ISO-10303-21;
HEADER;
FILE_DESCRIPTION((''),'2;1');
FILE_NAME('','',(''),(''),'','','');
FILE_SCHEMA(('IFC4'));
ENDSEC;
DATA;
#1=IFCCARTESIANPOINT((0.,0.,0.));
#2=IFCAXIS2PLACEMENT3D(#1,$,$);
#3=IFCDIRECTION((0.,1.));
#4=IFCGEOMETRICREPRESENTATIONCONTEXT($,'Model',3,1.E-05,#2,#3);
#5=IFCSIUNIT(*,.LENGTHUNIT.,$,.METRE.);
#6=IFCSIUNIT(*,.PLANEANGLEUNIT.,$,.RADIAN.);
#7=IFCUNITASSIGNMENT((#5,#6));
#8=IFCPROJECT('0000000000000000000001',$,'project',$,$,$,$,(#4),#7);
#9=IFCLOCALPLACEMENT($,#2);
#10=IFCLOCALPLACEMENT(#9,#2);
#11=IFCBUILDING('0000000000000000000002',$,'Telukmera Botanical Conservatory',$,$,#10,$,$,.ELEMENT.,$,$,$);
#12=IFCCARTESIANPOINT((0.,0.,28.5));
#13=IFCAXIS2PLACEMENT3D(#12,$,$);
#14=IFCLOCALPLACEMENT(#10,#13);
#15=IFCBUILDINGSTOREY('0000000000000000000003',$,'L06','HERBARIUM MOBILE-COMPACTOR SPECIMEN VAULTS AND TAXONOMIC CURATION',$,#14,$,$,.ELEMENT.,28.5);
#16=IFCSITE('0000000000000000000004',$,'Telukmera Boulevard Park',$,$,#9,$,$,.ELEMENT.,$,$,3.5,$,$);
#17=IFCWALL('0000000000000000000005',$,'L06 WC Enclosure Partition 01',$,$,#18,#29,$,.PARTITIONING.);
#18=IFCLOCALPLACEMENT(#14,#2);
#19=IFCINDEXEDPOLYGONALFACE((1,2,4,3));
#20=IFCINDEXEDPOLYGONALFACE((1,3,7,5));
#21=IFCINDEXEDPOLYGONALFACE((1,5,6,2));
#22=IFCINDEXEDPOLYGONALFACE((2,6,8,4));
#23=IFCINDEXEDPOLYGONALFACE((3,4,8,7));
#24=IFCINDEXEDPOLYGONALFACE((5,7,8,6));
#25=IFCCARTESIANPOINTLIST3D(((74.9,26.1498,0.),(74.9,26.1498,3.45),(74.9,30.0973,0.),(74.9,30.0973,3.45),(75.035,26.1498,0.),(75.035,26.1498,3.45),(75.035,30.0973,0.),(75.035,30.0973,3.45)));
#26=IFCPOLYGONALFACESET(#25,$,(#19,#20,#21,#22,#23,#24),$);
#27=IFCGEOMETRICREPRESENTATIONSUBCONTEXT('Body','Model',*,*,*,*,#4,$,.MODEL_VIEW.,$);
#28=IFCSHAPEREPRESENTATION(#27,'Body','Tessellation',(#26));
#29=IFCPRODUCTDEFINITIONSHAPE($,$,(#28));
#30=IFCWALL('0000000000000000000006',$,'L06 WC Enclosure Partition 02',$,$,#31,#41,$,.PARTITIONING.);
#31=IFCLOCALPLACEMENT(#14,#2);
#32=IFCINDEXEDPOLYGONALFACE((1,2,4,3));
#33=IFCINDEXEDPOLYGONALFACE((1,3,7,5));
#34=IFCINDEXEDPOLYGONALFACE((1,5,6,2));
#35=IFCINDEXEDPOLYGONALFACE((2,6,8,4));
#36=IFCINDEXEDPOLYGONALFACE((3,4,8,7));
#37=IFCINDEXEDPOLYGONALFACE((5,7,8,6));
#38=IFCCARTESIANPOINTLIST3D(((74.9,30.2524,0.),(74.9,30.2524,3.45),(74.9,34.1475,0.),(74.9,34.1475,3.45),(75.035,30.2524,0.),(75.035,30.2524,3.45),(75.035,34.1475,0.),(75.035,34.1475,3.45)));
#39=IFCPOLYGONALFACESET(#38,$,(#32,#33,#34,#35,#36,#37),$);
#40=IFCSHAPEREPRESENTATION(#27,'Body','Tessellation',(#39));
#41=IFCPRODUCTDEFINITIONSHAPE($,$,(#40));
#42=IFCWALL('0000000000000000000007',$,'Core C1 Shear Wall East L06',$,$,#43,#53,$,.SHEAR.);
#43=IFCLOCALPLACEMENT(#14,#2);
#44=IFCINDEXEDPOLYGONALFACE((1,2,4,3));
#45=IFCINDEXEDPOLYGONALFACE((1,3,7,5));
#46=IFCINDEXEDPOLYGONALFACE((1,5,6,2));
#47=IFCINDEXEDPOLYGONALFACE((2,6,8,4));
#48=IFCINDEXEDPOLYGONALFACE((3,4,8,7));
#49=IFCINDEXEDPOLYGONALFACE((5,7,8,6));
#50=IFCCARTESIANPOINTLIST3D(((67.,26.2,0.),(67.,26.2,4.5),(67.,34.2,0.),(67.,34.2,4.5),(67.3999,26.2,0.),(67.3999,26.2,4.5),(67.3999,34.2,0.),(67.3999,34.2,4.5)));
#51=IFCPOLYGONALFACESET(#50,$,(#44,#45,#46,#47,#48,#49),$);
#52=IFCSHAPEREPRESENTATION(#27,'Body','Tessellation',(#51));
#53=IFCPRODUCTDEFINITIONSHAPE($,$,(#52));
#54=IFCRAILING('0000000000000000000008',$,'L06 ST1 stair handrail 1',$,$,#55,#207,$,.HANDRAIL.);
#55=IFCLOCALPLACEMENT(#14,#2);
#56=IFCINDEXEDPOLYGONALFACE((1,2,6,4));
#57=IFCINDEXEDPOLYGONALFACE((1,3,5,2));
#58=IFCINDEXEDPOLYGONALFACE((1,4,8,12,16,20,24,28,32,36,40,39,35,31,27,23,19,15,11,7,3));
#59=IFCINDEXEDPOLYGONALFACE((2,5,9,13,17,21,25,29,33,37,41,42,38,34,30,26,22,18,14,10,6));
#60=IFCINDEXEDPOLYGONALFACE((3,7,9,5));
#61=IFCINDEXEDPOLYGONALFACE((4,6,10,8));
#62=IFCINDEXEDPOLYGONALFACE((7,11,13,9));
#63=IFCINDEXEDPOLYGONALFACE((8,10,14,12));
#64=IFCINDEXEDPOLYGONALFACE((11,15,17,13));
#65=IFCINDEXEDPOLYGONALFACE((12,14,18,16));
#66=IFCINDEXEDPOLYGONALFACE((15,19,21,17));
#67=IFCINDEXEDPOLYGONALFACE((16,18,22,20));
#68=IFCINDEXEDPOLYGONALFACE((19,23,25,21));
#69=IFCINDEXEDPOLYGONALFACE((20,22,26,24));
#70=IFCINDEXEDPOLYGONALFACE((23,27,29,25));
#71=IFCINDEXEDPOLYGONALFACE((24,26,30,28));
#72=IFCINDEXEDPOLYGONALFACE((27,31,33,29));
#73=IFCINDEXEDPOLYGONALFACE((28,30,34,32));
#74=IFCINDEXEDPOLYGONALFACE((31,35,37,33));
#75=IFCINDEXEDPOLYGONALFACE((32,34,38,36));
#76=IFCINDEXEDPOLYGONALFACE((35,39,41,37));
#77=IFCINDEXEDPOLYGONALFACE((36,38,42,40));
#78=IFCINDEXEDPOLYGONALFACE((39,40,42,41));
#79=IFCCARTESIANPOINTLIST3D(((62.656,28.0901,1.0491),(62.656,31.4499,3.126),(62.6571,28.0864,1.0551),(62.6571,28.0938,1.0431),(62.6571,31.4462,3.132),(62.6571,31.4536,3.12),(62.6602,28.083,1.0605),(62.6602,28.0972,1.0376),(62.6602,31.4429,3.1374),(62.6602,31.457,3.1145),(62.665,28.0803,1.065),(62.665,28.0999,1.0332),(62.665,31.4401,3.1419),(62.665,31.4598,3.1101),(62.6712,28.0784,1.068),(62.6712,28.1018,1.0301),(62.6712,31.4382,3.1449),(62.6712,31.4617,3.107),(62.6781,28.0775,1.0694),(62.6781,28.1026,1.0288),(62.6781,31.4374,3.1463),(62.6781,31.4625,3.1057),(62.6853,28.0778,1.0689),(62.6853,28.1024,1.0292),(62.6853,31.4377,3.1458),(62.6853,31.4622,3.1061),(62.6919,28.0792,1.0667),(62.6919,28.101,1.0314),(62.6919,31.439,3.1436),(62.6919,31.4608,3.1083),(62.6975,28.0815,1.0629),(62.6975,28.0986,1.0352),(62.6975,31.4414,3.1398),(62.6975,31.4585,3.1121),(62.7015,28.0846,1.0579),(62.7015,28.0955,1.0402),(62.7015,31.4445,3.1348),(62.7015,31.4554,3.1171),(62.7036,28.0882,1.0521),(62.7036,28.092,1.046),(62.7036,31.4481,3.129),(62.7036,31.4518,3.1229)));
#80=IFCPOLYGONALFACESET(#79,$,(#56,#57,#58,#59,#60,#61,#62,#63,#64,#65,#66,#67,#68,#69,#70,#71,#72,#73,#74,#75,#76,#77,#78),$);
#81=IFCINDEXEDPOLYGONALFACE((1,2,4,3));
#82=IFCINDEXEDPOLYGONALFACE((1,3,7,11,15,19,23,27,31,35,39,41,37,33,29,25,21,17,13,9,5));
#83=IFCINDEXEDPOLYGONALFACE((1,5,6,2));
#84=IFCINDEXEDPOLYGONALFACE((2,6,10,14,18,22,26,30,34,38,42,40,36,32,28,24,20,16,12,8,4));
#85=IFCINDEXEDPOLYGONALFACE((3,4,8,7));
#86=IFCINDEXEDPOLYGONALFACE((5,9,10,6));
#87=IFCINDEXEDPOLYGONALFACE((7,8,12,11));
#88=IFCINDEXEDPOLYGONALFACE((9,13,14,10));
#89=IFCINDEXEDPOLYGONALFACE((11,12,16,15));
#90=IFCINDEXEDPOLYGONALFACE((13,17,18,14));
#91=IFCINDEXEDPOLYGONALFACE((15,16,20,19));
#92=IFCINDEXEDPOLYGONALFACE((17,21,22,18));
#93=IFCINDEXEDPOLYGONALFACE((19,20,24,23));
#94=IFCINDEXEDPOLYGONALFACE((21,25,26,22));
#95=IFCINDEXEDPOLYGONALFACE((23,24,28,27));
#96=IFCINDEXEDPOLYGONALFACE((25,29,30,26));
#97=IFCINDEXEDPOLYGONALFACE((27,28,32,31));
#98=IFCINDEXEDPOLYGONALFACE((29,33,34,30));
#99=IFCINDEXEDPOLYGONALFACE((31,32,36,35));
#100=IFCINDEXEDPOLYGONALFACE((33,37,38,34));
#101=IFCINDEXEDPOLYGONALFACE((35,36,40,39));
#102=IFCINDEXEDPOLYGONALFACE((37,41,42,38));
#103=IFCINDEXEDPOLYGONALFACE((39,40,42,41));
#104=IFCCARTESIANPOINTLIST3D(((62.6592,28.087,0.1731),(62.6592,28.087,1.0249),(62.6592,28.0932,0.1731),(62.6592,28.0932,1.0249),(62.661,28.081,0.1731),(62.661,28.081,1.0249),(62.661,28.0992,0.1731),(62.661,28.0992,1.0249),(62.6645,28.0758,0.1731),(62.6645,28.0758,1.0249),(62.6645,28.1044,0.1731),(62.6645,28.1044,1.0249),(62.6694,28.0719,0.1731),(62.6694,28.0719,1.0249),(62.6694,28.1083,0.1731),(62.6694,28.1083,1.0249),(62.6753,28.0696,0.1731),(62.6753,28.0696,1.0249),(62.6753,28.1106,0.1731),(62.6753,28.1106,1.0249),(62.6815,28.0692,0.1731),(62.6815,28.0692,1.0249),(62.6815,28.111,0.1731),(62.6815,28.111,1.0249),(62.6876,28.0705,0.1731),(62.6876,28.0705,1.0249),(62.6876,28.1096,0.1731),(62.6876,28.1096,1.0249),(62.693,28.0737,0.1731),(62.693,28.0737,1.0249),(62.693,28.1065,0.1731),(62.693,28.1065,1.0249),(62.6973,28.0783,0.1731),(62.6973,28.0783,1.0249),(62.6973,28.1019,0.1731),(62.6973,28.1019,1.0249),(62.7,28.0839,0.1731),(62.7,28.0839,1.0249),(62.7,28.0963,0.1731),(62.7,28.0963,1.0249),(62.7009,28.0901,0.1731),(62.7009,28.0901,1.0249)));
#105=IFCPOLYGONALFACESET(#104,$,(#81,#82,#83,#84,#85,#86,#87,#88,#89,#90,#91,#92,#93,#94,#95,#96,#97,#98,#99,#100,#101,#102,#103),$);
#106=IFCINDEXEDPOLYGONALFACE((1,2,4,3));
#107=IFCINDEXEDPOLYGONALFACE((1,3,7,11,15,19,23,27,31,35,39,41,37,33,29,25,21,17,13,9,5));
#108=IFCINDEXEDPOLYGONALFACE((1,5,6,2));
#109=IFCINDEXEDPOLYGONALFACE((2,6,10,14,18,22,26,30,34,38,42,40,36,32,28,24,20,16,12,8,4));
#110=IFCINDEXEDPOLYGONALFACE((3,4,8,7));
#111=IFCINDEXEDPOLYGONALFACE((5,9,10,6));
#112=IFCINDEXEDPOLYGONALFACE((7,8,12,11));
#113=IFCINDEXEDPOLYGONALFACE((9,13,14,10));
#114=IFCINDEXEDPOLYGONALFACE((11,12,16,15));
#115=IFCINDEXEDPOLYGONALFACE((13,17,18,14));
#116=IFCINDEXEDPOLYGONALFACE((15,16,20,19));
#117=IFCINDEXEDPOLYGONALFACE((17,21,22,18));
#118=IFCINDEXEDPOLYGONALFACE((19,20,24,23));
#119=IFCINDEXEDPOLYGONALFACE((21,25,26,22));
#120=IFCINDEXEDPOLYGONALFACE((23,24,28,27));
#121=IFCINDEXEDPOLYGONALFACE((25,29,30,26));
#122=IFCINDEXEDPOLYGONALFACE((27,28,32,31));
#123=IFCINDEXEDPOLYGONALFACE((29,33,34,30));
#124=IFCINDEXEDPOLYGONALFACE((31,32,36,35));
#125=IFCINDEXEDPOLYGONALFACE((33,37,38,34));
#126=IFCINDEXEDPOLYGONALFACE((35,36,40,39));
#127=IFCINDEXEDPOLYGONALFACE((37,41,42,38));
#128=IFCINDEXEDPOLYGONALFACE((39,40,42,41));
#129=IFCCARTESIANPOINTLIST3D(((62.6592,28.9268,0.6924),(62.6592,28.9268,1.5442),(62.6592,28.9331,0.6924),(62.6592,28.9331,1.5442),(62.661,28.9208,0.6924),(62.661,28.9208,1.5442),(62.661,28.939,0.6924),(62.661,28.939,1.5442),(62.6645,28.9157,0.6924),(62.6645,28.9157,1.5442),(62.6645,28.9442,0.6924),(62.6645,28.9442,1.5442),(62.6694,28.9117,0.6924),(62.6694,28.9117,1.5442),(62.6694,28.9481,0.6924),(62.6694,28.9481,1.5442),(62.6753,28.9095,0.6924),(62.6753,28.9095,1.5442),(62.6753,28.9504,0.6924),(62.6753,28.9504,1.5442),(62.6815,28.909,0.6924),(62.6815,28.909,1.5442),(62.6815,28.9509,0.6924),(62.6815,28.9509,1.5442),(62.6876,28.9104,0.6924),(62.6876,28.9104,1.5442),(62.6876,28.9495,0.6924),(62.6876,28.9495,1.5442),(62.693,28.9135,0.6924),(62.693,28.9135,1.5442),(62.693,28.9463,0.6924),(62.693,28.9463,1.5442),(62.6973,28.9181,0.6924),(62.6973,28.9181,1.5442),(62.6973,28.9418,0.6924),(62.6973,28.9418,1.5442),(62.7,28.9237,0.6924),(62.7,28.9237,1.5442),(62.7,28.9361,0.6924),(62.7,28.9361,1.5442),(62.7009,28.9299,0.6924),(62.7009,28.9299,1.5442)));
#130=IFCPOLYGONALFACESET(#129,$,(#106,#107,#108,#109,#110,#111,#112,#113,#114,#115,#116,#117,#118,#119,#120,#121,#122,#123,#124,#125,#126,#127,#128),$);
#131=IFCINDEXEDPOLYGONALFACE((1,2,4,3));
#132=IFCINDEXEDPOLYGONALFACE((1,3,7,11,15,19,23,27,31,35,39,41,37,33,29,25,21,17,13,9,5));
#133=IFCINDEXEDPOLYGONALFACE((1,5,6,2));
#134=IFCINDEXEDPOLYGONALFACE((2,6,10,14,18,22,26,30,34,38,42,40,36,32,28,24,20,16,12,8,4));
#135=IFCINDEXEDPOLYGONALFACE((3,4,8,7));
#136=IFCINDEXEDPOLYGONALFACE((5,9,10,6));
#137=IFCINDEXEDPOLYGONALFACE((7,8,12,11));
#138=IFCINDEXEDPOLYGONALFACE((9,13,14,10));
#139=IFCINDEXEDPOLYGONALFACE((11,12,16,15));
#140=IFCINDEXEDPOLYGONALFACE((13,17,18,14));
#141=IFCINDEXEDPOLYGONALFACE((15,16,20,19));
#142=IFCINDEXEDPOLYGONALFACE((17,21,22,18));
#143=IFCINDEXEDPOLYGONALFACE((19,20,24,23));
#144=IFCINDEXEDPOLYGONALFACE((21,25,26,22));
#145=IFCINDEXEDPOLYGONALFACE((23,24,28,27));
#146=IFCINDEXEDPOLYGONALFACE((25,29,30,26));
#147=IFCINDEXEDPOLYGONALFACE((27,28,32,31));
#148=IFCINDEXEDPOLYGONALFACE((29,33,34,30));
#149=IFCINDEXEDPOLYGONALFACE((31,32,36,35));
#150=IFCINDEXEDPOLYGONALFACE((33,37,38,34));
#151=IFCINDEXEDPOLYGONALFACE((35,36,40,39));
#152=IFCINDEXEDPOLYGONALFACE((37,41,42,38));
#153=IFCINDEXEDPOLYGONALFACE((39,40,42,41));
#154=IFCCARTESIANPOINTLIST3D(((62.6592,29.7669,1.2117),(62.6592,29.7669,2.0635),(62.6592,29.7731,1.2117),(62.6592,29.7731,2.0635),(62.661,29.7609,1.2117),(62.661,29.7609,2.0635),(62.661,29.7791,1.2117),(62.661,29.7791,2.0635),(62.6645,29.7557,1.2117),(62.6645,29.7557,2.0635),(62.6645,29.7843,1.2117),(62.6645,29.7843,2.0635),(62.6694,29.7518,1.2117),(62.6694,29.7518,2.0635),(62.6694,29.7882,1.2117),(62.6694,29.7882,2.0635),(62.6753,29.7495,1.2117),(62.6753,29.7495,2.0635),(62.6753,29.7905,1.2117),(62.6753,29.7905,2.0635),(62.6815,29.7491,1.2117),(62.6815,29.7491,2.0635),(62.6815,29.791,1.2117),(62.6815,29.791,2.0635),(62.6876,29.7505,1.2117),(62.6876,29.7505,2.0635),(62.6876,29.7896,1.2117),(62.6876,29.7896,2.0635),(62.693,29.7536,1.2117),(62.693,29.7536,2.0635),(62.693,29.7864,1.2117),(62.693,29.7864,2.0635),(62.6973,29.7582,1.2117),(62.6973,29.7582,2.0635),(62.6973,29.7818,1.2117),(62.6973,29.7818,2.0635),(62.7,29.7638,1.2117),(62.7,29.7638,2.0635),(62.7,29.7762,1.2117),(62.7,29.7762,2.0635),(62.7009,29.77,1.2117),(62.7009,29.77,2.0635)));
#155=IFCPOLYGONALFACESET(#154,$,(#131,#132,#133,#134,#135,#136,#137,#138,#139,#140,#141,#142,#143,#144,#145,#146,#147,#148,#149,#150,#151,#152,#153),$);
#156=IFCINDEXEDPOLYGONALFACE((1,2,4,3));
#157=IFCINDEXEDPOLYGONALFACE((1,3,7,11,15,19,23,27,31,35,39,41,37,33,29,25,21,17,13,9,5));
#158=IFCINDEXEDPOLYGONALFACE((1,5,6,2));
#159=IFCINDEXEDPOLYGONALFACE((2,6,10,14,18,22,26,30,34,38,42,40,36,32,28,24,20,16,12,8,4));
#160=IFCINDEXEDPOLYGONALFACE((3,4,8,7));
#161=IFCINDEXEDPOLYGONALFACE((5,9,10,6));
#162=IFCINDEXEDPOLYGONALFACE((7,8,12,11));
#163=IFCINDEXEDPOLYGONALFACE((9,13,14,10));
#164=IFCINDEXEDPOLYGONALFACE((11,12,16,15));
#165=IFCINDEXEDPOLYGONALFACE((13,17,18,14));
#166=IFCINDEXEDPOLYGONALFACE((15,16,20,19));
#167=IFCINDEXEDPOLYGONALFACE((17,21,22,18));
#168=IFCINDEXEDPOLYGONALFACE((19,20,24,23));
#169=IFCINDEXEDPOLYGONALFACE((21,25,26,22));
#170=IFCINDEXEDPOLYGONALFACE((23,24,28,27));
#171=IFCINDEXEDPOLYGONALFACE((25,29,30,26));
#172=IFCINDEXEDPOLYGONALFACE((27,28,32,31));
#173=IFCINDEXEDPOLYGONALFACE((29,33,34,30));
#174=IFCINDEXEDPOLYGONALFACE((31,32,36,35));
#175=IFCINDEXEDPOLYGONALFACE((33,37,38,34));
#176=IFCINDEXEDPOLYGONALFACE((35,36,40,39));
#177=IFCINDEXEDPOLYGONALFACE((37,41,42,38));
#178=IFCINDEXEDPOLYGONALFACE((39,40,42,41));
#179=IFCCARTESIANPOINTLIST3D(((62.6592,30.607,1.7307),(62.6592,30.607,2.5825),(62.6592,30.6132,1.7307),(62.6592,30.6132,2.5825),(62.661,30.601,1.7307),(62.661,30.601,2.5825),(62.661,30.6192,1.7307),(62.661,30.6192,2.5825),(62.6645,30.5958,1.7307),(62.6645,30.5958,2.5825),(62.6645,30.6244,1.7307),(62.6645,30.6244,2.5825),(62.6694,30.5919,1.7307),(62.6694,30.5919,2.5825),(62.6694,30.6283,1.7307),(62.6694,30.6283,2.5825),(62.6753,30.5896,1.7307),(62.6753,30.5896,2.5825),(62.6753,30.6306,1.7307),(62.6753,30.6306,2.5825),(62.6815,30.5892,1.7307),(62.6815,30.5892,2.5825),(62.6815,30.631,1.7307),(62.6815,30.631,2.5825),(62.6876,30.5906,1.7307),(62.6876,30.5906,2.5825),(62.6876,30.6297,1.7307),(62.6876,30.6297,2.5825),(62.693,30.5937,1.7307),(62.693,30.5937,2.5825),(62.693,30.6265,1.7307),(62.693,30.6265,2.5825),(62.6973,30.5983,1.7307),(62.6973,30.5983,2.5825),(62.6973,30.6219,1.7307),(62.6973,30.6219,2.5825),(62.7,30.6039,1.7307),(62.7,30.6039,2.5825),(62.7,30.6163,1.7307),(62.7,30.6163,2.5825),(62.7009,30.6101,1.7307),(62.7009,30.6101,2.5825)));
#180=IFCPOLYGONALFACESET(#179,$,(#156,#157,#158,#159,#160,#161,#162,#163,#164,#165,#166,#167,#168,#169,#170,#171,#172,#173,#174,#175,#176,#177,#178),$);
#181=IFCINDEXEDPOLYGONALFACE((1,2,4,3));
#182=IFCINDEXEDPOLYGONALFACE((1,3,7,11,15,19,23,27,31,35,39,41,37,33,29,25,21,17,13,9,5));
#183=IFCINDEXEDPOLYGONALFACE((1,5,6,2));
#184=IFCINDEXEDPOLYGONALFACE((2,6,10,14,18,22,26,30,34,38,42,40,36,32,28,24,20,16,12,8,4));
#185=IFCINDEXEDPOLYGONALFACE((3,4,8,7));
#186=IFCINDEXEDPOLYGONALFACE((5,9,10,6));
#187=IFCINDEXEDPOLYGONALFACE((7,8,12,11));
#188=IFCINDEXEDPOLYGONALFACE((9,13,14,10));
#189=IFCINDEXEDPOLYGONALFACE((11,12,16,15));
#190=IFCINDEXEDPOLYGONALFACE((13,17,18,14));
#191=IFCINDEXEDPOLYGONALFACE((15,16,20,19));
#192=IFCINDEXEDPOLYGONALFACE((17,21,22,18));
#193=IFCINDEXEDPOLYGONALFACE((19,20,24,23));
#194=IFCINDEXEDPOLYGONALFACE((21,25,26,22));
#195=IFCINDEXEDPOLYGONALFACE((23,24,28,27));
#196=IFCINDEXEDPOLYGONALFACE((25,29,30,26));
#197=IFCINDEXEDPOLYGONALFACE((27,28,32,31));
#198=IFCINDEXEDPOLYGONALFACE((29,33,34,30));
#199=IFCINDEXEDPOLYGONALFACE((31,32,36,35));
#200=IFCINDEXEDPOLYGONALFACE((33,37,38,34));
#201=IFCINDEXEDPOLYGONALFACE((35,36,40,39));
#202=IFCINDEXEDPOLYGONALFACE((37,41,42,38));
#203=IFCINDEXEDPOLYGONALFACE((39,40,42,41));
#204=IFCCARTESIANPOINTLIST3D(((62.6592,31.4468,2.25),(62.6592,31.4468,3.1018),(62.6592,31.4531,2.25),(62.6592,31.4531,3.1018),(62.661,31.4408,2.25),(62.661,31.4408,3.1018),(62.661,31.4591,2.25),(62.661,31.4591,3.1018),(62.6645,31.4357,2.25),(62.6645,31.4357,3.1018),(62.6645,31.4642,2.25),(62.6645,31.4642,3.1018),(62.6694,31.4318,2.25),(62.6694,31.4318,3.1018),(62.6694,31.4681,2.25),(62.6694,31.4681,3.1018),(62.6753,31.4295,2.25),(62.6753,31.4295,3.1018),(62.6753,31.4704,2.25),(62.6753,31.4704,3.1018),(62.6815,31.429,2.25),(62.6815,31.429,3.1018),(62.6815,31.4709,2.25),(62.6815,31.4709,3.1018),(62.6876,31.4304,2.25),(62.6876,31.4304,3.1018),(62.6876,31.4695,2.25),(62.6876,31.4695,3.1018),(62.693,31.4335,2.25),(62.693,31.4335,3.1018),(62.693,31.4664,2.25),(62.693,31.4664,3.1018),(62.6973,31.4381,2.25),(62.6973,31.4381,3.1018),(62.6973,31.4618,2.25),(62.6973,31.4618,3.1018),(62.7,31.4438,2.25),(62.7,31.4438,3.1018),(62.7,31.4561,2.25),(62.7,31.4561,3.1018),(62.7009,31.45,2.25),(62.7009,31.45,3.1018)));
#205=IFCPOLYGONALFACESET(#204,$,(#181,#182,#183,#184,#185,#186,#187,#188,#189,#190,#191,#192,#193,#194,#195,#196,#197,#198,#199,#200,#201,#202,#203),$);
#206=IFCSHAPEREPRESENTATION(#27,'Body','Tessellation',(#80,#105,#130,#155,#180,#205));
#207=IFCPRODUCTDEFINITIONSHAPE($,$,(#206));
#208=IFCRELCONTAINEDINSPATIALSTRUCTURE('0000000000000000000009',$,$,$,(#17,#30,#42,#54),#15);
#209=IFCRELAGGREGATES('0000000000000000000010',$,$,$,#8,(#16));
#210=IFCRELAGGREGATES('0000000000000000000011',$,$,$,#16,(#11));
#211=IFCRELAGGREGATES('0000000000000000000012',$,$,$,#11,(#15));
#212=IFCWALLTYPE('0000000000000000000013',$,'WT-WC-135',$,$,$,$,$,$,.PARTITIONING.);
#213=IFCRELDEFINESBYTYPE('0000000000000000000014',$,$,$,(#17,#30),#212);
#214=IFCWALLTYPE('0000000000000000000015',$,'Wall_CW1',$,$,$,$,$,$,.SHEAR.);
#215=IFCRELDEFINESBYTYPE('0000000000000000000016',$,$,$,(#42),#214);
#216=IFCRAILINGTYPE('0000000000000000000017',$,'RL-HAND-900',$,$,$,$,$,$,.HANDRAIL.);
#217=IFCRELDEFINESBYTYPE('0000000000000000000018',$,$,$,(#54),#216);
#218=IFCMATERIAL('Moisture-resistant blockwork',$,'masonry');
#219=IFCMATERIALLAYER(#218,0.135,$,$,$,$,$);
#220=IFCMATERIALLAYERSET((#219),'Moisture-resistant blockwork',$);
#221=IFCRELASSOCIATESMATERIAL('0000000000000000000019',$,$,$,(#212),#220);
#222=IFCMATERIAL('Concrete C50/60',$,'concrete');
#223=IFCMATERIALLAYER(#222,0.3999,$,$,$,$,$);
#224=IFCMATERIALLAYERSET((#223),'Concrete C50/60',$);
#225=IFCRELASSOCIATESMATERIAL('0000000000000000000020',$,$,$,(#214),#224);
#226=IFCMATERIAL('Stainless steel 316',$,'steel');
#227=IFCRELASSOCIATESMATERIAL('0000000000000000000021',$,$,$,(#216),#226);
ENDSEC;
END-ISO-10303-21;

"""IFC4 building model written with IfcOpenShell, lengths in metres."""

from ifc_helpers import new_model, si_unit, direction, frame, frame_2d, origin, origin_2d, place, context, subcontext, project, spatial, rectangle, circle, extrude, material, layer, layer_set, type_object, element, save


model = new_model("IFC4")

# Units and contexts
model_context = context("Model", 3, precision=1e-05, world=origin(), true_north=direction((0.0, 1.0)))
body_context = subcontext(model_context, "Body", "Model", "MODEL_VIEW")
ifc_project = project(units=[si_unit("LENGTHUNIT", "METRE"), si_unit("PLANEANGLEUNIT", "RADIAN")], contexts=[model_context])

# Site, building, storey
site_placement = place(None, origin())
site = spatial("IfcSite", under=ifc_project, at=site_placement, Name="Telukmera Boulevard Park", CompositionType="ELEMENT", RefElevation=3.5)
building_placement = place(site_placement, origin())
building = spatial("IfcBuilding", under=site, at=building_placement, Name="Telukmera Botanical Conservatory", CompositionType="ELEMENT")
storey_placement = place(building_placement, frame((0.0, 0.0, 28.5)))
storey = spatial("IfcBuildingStorey", under=building, at=storey_placement, Name="L06", Description="HERBARIUM MOBILE-COMPACTOR SPECIMEN VAULTS AND TAXONOMIC CURATION", CompositionType="ELEMENT", Elevation=28.5)

# Shared definitions
ifc_material_1 = material(Name="Concrete C50/60", Category="concrete")

# Shared definitions
ifc_material_2 = material(Name="Stainless steel 316", Category="steel")

# Shared definitions
ifc_material_3 = material(Name="Moisture-resistant blockwork", Category="masonry")
ifc_layer_1 = layer(ifc_material_3, 0.135)
ifc_layer_set_1 = layer_set([ifc_layer_1], Name="Moisture-resistant blockwork")
wall_type_1 = type_object("IfcWallType", Name="WT-WC-135", PredefinedType="PARTITIONING", material=ifc_layer_set_1)

# Walls
wall_1_placement = place(storey_placement, frame((74.9675, 26.1499, 0.0), z_axis=(0.0, 0.0, 1.0), x_axis=(0.0, 1.0, 0.0)))
element("IfcWall", 1, at=wall_1_placement, inside=storey, type_object=wall_type_1, Name="L06 WC Enclosure Partition 01", PredefinedType="PARTITIONING", context=body_context, shape_type="SweptSolid", body=[
    extrude(rectangle(XDim=3.9475, YDim=0.135, at=frame_2d((1.9736, 0.0))), origin(), (0.0, 0.0, 1.0), 3.45),
])
wall_2_placement = place(storey_placement, frame((74.9675, 30.2524, 0.0), z_axis=(0.0, 0.0, 1.0), x_axis=(0.0, 1.0, 0.0)))
element("IfcWall", 2, at=wall_2_placement, inside=storey, type_object=wall_type_1, Name="L06 WC Enclosure Partition 02", PredefinedType="PARTITIONING", context=body_context, shape_type="SweptSolid", body=[
    extrude(rectangle(XDim=3.895, YDim=0.135, at=frame_2d((1.9475, 0.0))), origin(), (0.0, 0.0, 1.0), 3.45),
])
ifc_layer_2 = layer(ifc_material_1, 0.3999)
ifc_layer_set_2 = layer_set([ifc_layer_2], Name="Concrete C50/60")
wall_type_2 = type_object("IfcWallType", Name="Wall_CW1", PredefinedType="SHEAR", material=ifc_layer_set_2)
wall_3_placement = place(storey_placement, frame((67.2, 26.2, 0.0), z_axis=(0.0, 0.0, 1.0), x_axis=(0.0, 1.0, 0.0)))
element("IfcWall", 3, at=wall_3_placement, inside=storey, type_object=wall_type_2, Name="Core C1 Shear Wall East L06", PredefinedType="SHEAR", context=body_context, shape_type="SweptSolid", body=[
    extrude(rectangle(XDim=8.0, YDim=0.3999, at=frame_2d((4.0, 0.0))), origin(), (0.0, 0.0, 1.0), 4.5),
])

# Railing
railing_type_1 = type_object("IfcRailingType", Name="RL-HAND-900", PredefinedType="HANDRAIL", material=ifc_material_2)
railing_1_placement = place(storey_placement, frame((62.6799, 28.0901, 0.1731)))
element("IfcRailing", 4, at=railing_1_placement, inside=storey, type_object=railing_type_1, Name="L06 ST1 stair handrail 1", PredefinedType="HANDRAIL", context=body_context, shape_type="SweptSolid", body=[
    extrude(circle(Radius=0.0239, at=origin_2d()), frame((0.0, 0.0, 0.876), z_axis=(0.0, 0.850606, 0.525803), x_axis=(-1.0, 0.0, 0.0)), (0.0, 0.0, 1.0), 3.95),
    extrude(circle(Radius=0.021, at=origin_2d()), origin(), (0.0, 0.0, 1.0), 0.8518),
    extrude(circle(Radius=0.021, at=origin_2d()), frame((0.0, 0.8398, 0.5193)), (0.0, 0.0, 1.0), 0.8518),
    extrude(circle(Radius=0.021, at=origin_2d()), frame((0.0, 1.6799, 1.0386)), (0.0, 0.0, 1.0), 0.8518),
    extrude(circle(Radius=0.021, at=origin_2d()), frame((0.0, 2.52, 1.5576)), (0.0, 0.0, 1.0), 0.8518),
    extrude(circle(Radius=0.021, at=origin_2d()), frame((0.0, 3.3599, 2.0769)), (0.0, 0.0, 1.0), 0.8518),
])

save(model, "model.ifc")
